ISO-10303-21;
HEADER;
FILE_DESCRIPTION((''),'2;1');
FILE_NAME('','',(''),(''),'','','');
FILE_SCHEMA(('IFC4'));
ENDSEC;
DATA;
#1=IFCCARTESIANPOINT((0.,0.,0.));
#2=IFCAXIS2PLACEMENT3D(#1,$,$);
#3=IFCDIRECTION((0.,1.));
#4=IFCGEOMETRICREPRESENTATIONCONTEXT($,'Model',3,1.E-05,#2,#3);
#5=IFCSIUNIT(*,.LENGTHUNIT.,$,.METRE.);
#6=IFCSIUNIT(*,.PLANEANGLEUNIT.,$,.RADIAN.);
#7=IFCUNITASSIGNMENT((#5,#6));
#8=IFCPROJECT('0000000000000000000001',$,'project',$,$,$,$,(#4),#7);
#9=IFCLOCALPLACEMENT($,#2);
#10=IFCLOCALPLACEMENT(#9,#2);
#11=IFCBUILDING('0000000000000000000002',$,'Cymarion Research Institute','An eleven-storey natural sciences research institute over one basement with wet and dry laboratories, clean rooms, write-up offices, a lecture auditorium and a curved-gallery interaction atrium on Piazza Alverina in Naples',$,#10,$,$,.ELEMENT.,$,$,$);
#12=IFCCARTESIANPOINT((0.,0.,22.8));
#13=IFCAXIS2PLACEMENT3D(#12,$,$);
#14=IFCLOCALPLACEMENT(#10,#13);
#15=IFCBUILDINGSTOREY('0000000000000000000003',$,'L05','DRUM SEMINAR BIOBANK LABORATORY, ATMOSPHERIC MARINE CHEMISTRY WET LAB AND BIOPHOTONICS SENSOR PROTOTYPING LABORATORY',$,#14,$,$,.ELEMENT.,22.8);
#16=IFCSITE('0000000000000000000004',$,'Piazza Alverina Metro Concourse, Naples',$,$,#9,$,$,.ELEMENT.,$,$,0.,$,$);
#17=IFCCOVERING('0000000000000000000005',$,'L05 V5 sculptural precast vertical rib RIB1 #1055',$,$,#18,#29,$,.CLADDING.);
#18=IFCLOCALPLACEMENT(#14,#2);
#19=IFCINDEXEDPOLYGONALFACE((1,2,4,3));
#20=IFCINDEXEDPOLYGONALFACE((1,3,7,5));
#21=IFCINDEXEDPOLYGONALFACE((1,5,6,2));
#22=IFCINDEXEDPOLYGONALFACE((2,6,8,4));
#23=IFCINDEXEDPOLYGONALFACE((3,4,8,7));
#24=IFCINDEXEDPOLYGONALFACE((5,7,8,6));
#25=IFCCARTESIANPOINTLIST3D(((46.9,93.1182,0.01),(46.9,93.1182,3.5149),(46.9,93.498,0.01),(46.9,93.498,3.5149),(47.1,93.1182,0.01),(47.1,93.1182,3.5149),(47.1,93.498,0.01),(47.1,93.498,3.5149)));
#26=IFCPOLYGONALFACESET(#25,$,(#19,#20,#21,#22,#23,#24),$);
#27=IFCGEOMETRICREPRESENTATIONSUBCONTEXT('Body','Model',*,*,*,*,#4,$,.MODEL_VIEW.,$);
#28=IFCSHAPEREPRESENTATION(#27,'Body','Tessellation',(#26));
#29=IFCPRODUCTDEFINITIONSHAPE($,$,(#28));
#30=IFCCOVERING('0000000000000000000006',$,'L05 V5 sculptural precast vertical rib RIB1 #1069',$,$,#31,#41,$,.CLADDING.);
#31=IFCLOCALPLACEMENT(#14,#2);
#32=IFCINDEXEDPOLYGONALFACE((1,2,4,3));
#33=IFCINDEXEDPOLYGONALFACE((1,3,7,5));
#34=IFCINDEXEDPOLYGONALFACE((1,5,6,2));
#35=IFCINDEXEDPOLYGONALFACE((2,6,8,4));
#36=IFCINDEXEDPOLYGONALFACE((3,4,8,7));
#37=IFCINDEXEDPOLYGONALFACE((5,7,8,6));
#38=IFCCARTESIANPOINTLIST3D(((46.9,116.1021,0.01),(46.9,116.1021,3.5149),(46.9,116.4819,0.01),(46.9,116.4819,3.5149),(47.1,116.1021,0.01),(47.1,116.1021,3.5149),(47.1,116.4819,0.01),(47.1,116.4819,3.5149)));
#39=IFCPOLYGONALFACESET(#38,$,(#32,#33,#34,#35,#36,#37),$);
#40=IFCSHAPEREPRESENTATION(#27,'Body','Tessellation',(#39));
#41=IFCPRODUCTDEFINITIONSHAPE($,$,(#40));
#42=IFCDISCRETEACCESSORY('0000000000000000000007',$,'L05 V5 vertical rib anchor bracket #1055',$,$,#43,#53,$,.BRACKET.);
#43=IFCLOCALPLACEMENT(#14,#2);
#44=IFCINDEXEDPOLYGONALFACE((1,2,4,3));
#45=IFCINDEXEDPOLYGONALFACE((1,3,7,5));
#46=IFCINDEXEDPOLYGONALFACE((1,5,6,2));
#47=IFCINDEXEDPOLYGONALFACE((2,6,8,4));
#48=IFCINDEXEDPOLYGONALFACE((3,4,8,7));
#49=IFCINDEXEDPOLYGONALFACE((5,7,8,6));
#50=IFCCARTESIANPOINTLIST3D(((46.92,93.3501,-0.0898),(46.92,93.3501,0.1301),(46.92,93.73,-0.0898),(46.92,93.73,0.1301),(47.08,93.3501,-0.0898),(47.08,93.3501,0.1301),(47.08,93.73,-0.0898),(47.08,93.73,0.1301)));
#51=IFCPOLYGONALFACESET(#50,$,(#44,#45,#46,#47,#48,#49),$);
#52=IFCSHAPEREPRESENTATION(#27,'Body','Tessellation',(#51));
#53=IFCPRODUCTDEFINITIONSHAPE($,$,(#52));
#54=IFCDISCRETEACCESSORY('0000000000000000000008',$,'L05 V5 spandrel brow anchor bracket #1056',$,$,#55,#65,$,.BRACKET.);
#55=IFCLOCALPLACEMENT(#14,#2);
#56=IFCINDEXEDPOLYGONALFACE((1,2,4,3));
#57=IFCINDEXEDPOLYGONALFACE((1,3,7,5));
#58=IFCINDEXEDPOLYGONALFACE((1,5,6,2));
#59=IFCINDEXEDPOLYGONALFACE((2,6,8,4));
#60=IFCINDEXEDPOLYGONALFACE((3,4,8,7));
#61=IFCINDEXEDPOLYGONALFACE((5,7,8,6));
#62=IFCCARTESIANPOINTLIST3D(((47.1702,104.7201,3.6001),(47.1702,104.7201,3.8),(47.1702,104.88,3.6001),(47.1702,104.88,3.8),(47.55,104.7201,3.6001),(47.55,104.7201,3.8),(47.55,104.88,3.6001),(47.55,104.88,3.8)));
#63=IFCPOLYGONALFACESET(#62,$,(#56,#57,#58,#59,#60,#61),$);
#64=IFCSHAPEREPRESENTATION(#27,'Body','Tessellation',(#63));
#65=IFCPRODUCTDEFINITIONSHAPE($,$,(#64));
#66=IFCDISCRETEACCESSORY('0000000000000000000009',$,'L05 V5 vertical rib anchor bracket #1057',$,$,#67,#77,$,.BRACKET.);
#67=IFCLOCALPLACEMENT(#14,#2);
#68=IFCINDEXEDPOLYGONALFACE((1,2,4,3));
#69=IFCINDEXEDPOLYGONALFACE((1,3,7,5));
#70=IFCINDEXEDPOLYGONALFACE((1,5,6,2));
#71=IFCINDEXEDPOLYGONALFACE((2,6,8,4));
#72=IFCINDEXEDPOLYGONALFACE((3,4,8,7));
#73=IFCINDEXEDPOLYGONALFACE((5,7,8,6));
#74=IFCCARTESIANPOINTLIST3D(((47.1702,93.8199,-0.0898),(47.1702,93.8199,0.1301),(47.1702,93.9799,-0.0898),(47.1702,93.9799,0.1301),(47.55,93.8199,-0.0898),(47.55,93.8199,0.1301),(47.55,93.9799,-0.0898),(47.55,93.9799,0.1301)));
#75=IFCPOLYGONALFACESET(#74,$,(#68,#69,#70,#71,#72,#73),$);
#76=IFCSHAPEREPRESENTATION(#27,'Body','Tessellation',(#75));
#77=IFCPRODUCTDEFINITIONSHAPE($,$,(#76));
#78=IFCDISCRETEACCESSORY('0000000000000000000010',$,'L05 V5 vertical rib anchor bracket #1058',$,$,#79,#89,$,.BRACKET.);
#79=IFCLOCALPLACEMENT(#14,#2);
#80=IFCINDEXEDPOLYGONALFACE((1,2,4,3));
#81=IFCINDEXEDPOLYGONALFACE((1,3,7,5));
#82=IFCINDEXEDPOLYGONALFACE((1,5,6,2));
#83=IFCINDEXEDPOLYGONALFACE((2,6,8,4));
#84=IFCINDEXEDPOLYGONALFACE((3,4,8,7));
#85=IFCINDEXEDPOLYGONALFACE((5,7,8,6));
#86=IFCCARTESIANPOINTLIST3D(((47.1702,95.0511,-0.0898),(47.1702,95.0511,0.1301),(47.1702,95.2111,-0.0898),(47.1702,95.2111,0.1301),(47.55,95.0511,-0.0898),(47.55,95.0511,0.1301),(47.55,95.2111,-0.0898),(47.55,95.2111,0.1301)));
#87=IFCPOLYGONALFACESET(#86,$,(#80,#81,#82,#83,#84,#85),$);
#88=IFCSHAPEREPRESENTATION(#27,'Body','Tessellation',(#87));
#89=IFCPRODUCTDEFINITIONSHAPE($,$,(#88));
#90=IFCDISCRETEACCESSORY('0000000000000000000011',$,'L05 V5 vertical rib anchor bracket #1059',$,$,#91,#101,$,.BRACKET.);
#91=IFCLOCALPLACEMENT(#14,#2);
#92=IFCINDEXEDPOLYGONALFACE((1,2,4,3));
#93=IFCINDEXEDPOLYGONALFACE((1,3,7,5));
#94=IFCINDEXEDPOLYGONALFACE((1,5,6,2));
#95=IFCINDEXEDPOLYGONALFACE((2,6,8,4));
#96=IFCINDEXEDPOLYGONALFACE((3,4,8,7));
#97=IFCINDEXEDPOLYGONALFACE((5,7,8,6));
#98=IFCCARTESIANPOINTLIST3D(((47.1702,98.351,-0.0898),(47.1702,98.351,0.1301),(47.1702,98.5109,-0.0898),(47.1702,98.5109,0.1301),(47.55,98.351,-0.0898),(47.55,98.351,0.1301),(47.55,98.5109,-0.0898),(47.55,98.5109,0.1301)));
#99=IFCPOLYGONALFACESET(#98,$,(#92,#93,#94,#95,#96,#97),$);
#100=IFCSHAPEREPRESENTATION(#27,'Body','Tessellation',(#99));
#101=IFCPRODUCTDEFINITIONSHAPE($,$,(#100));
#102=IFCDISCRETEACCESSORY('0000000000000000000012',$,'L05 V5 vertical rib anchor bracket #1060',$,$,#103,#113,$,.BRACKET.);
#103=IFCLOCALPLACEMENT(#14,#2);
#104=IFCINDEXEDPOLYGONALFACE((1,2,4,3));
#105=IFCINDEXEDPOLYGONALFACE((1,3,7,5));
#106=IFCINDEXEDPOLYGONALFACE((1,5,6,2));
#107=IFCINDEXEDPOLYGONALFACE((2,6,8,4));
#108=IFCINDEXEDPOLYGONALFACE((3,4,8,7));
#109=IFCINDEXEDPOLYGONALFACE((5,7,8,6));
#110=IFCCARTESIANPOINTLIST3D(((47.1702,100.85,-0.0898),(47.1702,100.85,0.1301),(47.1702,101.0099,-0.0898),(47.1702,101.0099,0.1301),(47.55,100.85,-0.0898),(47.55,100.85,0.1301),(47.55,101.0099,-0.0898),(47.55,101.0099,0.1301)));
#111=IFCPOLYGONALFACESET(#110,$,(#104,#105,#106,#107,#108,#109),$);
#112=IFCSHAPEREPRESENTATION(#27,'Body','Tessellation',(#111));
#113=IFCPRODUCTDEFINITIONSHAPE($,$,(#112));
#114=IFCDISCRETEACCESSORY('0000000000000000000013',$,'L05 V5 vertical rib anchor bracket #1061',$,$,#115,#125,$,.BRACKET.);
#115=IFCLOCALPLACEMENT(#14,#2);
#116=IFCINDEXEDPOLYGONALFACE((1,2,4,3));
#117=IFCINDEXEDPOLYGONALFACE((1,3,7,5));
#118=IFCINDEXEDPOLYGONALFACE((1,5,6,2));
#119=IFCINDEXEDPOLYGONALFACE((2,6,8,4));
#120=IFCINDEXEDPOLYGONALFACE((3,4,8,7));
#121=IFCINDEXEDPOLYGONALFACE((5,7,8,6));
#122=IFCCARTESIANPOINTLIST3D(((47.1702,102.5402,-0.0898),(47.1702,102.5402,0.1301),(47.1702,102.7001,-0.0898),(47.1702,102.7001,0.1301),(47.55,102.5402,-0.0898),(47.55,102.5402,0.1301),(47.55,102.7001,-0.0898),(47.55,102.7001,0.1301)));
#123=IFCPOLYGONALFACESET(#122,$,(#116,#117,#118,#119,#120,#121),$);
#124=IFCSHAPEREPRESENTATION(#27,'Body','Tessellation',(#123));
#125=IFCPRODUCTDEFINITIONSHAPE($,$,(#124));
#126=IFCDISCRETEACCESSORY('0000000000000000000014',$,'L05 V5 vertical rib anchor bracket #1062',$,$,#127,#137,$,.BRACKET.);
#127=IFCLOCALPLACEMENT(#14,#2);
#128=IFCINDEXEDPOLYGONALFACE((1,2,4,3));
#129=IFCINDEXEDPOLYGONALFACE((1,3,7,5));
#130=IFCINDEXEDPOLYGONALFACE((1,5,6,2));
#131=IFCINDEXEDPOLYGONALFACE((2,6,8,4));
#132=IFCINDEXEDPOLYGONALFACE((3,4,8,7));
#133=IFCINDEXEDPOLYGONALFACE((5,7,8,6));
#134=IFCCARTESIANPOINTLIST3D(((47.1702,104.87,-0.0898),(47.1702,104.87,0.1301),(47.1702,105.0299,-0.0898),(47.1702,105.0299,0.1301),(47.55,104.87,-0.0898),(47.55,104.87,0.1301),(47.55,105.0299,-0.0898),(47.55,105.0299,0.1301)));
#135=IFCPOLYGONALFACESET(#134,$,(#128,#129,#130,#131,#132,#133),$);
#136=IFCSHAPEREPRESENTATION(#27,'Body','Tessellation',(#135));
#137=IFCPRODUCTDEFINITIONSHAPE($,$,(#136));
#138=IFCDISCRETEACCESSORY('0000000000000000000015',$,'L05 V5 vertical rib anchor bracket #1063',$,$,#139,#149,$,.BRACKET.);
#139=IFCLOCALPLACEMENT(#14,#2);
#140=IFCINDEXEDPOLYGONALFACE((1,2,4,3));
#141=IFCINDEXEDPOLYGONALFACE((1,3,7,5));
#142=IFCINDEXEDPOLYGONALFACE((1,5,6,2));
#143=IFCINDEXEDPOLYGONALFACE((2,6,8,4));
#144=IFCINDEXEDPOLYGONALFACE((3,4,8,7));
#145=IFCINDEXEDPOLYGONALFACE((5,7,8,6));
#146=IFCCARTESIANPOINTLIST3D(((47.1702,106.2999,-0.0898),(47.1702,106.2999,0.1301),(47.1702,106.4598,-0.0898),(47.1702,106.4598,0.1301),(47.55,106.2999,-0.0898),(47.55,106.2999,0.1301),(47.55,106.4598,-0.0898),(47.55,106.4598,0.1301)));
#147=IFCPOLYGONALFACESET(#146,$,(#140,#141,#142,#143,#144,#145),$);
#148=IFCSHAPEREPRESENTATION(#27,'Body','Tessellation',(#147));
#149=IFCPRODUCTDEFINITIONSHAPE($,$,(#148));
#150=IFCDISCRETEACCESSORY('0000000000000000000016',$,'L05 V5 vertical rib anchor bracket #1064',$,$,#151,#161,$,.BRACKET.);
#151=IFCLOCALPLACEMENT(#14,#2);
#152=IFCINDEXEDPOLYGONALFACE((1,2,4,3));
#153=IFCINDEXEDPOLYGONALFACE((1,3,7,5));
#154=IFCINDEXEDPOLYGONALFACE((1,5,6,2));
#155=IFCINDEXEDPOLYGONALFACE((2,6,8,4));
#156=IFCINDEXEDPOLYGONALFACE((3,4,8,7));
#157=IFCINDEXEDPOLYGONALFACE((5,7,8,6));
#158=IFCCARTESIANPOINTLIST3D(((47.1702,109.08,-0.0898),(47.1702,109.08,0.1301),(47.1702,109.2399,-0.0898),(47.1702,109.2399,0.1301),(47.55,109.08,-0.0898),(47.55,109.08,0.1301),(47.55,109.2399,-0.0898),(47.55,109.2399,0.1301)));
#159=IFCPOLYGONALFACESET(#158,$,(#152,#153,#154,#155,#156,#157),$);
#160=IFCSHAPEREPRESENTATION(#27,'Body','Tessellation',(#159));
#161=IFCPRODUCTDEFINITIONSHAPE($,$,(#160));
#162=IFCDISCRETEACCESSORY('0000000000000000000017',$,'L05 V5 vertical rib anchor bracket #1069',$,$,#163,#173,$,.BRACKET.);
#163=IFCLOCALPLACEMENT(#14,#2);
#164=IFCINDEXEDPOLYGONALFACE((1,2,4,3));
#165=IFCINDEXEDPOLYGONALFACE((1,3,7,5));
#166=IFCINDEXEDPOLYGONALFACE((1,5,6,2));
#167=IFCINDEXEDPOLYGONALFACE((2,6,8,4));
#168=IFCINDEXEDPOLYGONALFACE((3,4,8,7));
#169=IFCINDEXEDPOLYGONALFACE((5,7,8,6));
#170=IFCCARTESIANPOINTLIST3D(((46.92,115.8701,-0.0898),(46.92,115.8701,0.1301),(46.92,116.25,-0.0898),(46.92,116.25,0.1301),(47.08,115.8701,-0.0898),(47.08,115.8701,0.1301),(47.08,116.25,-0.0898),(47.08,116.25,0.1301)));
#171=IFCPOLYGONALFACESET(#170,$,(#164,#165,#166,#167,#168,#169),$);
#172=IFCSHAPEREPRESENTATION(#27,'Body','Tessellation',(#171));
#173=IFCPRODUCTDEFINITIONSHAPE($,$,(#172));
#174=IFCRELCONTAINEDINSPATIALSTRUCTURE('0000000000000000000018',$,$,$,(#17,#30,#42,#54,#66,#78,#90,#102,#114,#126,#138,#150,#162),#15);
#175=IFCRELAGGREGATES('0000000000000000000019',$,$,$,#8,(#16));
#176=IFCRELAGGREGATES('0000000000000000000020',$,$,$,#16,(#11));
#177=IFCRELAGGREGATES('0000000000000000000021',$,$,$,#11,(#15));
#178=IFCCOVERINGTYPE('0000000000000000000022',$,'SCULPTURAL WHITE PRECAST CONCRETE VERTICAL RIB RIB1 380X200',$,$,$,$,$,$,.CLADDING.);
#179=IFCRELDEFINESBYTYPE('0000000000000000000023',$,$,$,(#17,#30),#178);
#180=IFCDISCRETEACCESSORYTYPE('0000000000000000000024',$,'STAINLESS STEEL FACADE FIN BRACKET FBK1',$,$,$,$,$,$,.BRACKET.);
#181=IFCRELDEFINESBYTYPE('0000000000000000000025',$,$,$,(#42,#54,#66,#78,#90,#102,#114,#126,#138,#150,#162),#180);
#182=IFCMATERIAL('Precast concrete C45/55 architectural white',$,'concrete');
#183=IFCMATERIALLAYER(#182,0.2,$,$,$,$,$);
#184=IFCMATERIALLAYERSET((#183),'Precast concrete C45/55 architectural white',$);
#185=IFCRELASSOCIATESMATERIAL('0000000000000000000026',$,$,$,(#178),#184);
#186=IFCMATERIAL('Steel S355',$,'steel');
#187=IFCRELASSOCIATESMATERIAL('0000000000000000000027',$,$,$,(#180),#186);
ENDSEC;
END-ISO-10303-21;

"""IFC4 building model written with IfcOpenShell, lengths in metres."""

from ifc_helpers import new_model, si_unit, direction, frame, origin, origin_2d, place, context, subcontext, project, spatial, rectangle, extrude, material, layer, layer_set, type_object, element, save


model = new_model("IFC4")

# Units and contexts
model_context = context("Model", 3, precision=1e-05, world=origin(), true_north=direction((0.0, 1.0)))
body_context = subcontext(model_context, "Body", "Model", "MODEL_VIEW")
ifc_project = project(units=[si_unit("LENGTHUNIT", "METRE"), si_unit("PLANEANGLEUNIT", "RADIAN")], contexts=[model_context])

# Site, building, storey
site_placement = place(None, origin())
site = spatial("IfcSite", under=ifc_project, at=site_placement, Name="Piazza Alverina Metro Concourse, Naples", CompositionType="ELEMENT", RefElevation=0.0)
building_placement = place(site_placement, origin())
building = spatial("IfcBuilding", under=site, at=building_placement, Name="Cymarion Research Institute", Description="An eleven-storey natural sciences research institute over one basement with wet and dry laboratories, clean rooms, write-up offices, a lecture auditorium and a curved-gallery interaction atrium on Piazza Alverina in Naples", CompositionType="ELEMENT")
storey_placement = place(building_placement, frame((0.0, 0.0, 22.8)))
storey = spatial("IfcBuildingStorey", under=building, at=storey_placement, Name="L05", Description="DRUM SEMINAR BIOBANK LABORATORY, ATMOSPHERIC MARINE CHEMISTRY WET LAB AND BIOPHOTONICS SENSOR PROTOTYPING LABORATORY", CompositionType="ELEMENT", Elevation=22.8)

# Shared definitions
ifc_material_1 = material(Name="Steel S355", Category="steel")

# Coverings
ifc_material_2 = material(Name="Precast concrete C45/55 architectural white", Category="concrete")
ifc_layer_1 = layer(ifc_material_2, 0.2)
ifc_layer_set_1 = layer_set([ifc_layer_1], Name="Precast concrete C45/55 architectural white")
covering_type = type_object("IfcCoveringType", Name="SCULPTURAL WHITE PRECAST CONCRETE VERTICAL RIB RIB1 380X200", PredefinedType="CLADDING", material=ifc_layer_set_1)
for number, where, z_axis, x_axis, name in (
    (1, (47.0, 93.3081, 0.01), (0.0, 0.0, 1.0), (0.0, -1.0, 0.0), "L05 V5 sculptural precast vertical rib RIB1 #1055"),
    (2, (47.0, 116.292, 0.01), (0.0, 0.0, 1.0), (0.0, 1.0, 0.0), "L05 V5 sculptural precast vertical rib RIB1 #1069"),
):
    element("IfcCovering", number, at=place(storey_placement, frame(where, z_axis=z_axis, x_axis=x_axis)), inside=storey, type_object=covering_type, Name=name, PredefinedType="CLADDING", context=body_context, shape_type="SweptSolid", body=[
        extrude(rectangle(XDim=0.3799, YDim=0.2, at=origin_2d()), origin(), (0.0, 0.0, 1.0), 3.5049),
    ])

# Discrete accessories
discrete_accessory_type = type_object("IfcDiscreteAccessoryType", Name="STAINLESS STEEL FACADE FIN BRACKET FBK1", PredefinedType="BRACKET", material=ifc_material_1)
discrete_accessory_1_placement = place(storey_placement, frame((47.0, 93.54, -0.0898), z_axis=(0.0, 0.0, 1.0), x_axis=(0.0, -1.0, 0.0)))
element("IfcDiscreteAccessory", 3, at=discrete_accessory_1_placement, inside=storey, type_object=discrete_accessory_type, Name="L05 V5 vertical rib anchor bracket #1055", PredefinedType="BRACKET", context=body_context, shape_type="SweptSolid", body=[
    extrude(rectangle(XDim=0.3799, YDim=0.1599, at=origin_2d()), origin(), (0.0, 0.0, 1.0), 0.22),
])
discrete_accessory_2_placement = place(storey_placement, frame((47.3601, 104.8, 3.6001), z_axis=(0.0, 0.0, 1.0), x_axis=(1.0, 0.0, 0.0)))
element("IfcDiscreteAccessory", 4, at=discrete_accessory_2_placement, inside=storey, type_object=discrete_accessory_type, Name="L05 V5 spandrel brow anchor bracket #1056", PredefinedType="BRACKET", context=body_context, shape_type="SweptSolid", body=[
    extrude(rectangle(XDim=0.3799, YDim=0.1599, at=origin_2d()), origin(), (0.0, 0.0, 1.0), 0.2),
])
for number, where, z_axis, x_axis, name in (
    (5, (47.3601, 93.8999, -0.0898), (0.0, 0.0, 1.0), (1.0, 0.0, 0.0), "L05 V5 vertical rib anchor bracket #1057"),
    (6, (47.3601, 95.1311, -0.0898), (0.0, 0.0, 1.0), (1.0, 0.0, 0.0), "L05 V5 vertical rib anchor bracket #1058"),
    (7, (47.3601, 98.4309, -0.0898), (0.0, 0.0, 1.0), (1.0, 0.0, 0.0), "L05 V5 vertical rib anchor bracket #1059"),
    (8, (47.3601, 100.9299, -0.0898), (0.0, 0.0, 1.0), (1.0, 0.0, 0.0), "L05 V5 vertical rib anchor bracket #1060"),
    (9, (47.3601, 102.6201, -0.0898), (0.0, 0.0, 1.0), (1.0, 0.0, 0.0), "L05 V5 vertical rib anchor bracket #1061"),
    (10, (47.3601, 104.95, -0.0898), (0.0, 0.0, 1.0), (1.0, 0.0, 0.0), "L05 V5 vertical rib anchor bracket #1062"),
    (11, (47.3601, 106.3799, -0.0898), (0.0, 0.0, 1.0), (1.0, 0.0, 0.0), "L05 V5 vertical rib anchor bracket #1063"),
    (12, (47.3601, 109.1599, -0.0898), (0.0, 0.0, 1.0), (1.0, 0.0, 0.0), "L05 V5 vertical rib anchor bracket #1064"),
    (13, (47.0, 116.0601, -0.0898), (0.0, 0.0, 1.0), (0.0, 1.0, 0.0), "L05 V5 vertical rib anchor bracket #1069"),
):
    element("IfcDiscreteAccessory", number, at=place(storey_placement, frame(where, z_axis=z_axis, x_axis=x_axis)), inside=storey, type_object=discrete_accessory_type, Name=name, PredefinedType="BRACKET", context=body_context, shape_type="SweptSolid", body=[
        extrude(rectangle(XDim=0.3799, YDim=0.1599, at=origin_2d()), origin(), (0.0, 0.0, 1.0), 0.22),
    ])

save(model, "model.ifc")
